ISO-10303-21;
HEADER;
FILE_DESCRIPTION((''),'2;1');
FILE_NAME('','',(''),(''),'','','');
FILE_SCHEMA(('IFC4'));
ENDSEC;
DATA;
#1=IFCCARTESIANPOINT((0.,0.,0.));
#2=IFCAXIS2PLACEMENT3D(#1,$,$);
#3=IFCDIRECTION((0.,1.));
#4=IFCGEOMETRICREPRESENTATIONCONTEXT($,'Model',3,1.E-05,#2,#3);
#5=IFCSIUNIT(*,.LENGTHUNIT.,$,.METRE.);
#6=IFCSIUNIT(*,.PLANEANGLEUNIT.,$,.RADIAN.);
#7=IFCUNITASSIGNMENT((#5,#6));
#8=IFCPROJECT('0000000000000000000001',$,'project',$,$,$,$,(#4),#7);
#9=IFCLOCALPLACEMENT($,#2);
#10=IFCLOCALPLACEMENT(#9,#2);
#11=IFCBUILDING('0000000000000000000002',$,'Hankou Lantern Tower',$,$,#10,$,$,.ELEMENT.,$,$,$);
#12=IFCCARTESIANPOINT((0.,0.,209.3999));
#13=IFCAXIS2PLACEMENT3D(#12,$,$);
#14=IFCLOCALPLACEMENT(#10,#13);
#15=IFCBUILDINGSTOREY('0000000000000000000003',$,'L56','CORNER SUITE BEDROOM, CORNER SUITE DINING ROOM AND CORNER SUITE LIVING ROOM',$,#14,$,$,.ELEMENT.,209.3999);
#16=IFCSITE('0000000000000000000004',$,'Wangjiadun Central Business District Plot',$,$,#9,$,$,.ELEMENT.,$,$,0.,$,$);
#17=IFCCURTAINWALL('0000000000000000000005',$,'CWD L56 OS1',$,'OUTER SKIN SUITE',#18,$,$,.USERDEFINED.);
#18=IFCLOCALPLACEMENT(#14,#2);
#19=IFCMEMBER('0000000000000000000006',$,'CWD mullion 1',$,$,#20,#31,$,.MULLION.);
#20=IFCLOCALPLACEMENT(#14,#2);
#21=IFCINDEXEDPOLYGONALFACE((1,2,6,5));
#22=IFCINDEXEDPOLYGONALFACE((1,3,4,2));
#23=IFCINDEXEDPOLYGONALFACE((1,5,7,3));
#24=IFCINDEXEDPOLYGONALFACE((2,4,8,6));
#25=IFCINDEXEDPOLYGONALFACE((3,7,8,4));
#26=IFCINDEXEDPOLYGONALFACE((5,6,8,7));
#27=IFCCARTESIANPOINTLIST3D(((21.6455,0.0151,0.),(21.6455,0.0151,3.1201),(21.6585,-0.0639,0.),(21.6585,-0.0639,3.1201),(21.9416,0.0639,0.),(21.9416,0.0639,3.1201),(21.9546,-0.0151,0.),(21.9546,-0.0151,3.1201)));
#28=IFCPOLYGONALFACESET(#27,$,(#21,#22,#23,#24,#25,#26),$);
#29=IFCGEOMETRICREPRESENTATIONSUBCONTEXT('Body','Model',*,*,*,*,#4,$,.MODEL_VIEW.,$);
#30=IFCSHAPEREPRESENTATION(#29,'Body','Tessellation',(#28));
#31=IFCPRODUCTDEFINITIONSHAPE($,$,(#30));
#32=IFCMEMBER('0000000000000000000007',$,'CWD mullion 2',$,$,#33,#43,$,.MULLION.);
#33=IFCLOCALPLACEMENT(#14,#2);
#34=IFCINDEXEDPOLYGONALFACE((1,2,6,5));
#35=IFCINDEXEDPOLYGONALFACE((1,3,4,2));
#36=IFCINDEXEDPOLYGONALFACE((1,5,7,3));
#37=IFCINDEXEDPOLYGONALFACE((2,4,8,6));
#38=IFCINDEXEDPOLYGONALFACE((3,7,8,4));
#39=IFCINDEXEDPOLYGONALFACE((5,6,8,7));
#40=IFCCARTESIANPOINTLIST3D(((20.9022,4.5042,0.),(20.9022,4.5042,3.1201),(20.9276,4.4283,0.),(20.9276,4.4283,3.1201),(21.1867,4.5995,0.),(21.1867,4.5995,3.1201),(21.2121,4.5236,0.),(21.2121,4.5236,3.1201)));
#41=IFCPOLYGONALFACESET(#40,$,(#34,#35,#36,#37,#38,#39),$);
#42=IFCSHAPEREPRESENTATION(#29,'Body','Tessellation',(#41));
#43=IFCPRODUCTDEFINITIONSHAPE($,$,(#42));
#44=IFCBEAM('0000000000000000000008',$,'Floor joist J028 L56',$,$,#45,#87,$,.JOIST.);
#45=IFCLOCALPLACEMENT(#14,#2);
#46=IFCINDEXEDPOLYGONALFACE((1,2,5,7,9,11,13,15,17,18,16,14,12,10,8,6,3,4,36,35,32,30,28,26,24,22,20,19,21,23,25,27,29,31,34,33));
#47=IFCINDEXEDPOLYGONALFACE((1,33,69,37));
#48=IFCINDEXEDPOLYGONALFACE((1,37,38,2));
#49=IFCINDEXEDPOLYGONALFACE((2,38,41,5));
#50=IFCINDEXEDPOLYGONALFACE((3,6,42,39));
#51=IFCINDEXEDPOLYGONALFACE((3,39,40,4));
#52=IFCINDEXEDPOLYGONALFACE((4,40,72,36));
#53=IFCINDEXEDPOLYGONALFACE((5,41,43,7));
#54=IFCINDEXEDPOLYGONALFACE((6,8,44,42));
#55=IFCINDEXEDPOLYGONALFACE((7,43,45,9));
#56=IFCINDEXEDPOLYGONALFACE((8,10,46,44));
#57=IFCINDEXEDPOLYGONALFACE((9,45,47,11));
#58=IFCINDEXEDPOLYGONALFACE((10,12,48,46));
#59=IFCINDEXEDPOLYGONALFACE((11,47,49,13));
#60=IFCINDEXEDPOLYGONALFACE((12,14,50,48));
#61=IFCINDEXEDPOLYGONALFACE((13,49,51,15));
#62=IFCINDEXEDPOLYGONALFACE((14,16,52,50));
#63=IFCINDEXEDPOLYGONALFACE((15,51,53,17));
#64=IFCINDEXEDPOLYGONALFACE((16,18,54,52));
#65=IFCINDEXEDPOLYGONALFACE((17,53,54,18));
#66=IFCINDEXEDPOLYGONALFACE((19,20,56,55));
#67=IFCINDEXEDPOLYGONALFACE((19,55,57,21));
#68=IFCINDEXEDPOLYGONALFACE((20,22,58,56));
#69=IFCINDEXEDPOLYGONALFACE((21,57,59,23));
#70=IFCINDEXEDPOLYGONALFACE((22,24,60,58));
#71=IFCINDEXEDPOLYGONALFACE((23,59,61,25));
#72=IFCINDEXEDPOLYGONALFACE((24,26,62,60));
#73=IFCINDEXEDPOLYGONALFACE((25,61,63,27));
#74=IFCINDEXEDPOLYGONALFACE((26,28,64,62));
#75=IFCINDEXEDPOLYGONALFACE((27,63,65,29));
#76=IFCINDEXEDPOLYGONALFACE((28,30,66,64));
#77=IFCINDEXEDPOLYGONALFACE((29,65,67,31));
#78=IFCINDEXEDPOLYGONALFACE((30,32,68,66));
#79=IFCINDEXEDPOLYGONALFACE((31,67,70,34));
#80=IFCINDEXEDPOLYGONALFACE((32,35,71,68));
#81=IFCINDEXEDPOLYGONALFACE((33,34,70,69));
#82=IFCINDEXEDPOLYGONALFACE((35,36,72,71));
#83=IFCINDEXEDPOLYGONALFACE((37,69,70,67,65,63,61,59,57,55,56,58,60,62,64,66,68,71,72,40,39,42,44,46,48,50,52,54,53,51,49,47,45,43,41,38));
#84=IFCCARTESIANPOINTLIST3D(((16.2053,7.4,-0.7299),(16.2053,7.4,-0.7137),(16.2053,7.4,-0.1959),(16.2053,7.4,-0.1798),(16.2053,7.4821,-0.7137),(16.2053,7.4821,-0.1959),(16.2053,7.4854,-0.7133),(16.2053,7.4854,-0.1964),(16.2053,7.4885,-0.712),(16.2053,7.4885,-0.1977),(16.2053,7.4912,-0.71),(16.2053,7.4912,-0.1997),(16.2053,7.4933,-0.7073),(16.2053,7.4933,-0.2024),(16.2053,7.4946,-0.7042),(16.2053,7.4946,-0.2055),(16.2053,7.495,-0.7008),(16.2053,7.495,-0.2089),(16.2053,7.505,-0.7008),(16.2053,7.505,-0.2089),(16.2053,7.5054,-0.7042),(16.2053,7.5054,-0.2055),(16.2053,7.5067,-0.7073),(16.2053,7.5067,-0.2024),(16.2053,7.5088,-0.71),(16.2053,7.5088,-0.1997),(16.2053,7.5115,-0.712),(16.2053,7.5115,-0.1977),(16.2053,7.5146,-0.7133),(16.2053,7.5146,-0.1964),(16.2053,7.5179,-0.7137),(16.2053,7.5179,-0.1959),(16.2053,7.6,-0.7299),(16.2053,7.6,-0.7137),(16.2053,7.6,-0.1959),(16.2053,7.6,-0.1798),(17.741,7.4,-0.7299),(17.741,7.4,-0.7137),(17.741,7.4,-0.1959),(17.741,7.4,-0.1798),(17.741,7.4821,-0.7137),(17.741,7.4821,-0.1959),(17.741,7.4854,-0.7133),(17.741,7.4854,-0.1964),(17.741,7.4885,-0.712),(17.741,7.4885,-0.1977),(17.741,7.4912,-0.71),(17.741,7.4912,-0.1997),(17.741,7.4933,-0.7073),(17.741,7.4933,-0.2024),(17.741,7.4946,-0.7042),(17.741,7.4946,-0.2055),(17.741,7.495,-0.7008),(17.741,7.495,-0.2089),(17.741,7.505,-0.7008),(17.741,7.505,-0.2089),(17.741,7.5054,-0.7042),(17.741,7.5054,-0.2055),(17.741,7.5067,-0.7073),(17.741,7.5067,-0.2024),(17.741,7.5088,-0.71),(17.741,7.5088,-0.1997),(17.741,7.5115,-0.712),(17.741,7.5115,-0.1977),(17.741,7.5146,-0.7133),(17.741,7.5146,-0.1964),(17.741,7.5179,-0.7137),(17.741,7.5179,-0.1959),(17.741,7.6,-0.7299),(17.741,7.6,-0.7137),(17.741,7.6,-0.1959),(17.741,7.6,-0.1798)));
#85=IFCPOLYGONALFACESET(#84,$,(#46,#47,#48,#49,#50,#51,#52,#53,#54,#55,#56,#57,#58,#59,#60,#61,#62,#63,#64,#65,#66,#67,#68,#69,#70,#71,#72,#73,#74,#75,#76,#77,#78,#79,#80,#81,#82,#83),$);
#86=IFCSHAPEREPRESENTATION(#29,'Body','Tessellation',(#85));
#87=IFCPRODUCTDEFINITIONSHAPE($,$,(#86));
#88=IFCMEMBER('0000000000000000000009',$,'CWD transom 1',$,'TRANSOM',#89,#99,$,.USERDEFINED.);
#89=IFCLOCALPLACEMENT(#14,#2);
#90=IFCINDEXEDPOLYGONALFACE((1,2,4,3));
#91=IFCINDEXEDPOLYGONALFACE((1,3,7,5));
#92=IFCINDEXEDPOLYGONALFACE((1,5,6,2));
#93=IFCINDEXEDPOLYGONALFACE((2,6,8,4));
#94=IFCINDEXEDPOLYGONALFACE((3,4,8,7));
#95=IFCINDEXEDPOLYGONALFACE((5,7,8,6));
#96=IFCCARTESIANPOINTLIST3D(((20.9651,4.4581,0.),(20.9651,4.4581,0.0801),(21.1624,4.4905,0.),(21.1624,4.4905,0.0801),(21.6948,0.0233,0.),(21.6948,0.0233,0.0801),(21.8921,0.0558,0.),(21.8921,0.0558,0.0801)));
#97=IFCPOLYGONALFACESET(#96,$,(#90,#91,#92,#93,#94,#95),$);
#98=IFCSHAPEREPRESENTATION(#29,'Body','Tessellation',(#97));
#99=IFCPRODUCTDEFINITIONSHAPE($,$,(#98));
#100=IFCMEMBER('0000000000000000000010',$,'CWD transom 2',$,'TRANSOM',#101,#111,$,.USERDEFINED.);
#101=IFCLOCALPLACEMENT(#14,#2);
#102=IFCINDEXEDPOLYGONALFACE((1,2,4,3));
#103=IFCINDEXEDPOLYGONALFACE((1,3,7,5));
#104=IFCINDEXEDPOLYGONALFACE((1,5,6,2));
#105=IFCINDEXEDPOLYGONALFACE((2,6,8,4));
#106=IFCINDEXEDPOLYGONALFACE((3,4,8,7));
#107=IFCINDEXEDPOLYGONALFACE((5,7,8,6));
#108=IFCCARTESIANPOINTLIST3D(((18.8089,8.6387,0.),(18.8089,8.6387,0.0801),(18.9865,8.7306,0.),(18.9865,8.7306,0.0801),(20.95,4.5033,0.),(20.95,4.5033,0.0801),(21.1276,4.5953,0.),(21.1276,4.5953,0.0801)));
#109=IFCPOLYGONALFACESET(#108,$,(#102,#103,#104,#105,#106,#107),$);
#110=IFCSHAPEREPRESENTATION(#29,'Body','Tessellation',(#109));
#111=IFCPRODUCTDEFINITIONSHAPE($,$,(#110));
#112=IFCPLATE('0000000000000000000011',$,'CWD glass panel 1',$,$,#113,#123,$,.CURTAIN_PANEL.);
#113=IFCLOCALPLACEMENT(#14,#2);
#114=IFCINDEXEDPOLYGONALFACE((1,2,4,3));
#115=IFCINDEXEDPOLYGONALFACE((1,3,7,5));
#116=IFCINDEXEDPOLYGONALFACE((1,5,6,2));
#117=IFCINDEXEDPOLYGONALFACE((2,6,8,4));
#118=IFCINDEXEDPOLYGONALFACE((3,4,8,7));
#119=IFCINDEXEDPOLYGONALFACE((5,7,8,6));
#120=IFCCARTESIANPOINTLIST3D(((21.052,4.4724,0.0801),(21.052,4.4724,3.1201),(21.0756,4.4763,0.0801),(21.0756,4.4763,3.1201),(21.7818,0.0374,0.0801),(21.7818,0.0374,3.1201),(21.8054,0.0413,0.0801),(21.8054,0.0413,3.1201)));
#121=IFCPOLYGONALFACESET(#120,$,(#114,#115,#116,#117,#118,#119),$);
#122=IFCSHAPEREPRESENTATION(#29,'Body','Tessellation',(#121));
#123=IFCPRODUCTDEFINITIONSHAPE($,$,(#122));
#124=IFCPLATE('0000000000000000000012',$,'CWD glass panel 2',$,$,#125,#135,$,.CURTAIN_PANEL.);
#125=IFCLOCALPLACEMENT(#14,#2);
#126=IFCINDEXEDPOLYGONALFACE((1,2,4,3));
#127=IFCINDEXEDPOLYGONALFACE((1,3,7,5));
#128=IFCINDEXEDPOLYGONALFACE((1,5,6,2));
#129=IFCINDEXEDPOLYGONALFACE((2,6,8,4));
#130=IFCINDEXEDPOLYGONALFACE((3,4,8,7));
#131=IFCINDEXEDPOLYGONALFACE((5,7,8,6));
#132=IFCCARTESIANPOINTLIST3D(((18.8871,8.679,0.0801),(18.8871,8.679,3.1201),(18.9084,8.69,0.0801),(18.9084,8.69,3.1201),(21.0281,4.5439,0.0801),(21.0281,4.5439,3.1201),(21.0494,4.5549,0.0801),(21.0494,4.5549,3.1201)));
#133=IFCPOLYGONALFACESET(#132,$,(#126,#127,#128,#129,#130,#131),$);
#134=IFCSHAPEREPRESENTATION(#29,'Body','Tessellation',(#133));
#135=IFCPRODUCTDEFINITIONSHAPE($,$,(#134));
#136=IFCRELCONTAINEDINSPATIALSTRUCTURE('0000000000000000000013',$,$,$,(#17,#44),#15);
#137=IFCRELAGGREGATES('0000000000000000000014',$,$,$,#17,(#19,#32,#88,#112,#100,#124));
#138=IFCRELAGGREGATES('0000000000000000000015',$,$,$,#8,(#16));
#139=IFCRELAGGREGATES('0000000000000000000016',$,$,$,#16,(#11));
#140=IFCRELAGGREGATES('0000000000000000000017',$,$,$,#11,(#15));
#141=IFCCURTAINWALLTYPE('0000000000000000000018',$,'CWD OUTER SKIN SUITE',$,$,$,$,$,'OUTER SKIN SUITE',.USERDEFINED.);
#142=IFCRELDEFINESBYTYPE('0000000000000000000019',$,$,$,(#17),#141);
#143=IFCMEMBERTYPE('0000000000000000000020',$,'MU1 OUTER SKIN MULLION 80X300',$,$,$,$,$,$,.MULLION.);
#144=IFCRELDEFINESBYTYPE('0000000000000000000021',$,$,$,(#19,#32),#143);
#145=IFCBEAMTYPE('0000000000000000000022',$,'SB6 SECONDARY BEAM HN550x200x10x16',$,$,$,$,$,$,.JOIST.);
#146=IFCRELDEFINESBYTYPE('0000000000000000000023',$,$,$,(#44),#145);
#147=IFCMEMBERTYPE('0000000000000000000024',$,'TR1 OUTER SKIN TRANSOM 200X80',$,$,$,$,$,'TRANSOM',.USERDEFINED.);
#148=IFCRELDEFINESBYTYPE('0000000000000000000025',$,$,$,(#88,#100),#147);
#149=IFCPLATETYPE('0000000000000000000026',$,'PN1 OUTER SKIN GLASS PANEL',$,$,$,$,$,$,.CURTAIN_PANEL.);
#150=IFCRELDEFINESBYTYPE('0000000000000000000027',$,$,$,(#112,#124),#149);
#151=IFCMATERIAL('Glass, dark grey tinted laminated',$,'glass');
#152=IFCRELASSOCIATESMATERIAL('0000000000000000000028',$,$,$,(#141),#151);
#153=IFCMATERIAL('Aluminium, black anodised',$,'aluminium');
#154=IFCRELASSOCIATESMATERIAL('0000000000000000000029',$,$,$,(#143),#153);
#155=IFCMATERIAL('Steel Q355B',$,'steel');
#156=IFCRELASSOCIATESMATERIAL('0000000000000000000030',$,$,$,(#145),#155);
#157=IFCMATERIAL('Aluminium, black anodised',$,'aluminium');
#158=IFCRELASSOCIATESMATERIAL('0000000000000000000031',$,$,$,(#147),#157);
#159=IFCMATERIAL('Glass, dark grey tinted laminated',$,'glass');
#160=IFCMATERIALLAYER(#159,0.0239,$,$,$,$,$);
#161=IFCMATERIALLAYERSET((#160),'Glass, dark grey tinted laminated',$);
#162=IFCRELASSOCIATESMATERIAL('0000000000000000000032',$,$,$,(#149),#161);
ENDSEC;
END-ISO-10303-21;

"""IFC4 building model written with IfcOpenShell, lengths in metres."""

from ifc_helpers import new_model, si_unit, direction, frame, origin, origin_2d, place, context, subcontext, project, spatial, rectangle, i_section, extrude, material, layer, layer_set, material_profile, profile_set, type_object, element, aggregate, save


model = new_model("IFC4")

# Units and contexts
model_context = context("Model", 3, precision=1e-05, world=origin(), true_north=direction((0.0, 1.0)))
body_context = subcontext(model_context, "Body", "Model", "MODEL_VIEW")
ifc_project = project(units=[si_unit("LENGTHUNIT", "METRE"), si_unit("PLANEANGLEUNIT", "RADIAN")], contexts=[model_context])

# Site, building, storey
site_placement = place(None, origin())
site = spatial("IfcSite", under=ifc_project, at=site_placement, Name="Wangjiadun Central Business District Plot", CompositionType="ELEMENT", RefElevation=0.0)
building_placement = place(site_placement, origin())
building = spatial("IfcBuilding", under=site, at=building_placement, Name="Hankou Lantern Tower", CompositionType="ELEMENT")
storey_placement = place(building_placement, frame((0.0, 0.0, 209.3999)))
storey = spatial("IfcBuildingStorey", under=building, at=storey_placement, Name="L56", Description="CORNER SUITE BEDROOM, CORNER SUITE DINING ROOM AND CORNER SUITE LIVING ROOM", CompositionType="ELEMENT", Elevation=209.3999)

# Curtain wall, members
ifc_material_1 = material(Name="Glass, dark grey tinted laminated", Category="glass")
curtain_wall_type = type_object("IfcCurtainWallType", Name="CWD OUTER SKIN SUITE", ElementType="OUTER SKIN SUITE", PredefinedType="USERDEFINED", material=ifc_material_1)
curtain_wall_placement = place(storey_placement, origin())
curtain_wall = element("IfcCurtainWall", 1, at=curtain_wall_placement, inside=storey, type_object=curtain_wall_type, Name="CWD L56 OS1", ObjectType="OUTER SKIN SUITE", PredefinedType="USERDEFINED")
ifc_material_2 = material(Name="Aluminium, black anodised", Category="aluminium")
ifc_material_profile_1 = material_profile(ifc_material_2, rectangle(XDim=0.0801, YDim=0.3, at=origin_2d()), Name="MU1 80X300")
ifc_profile_set_1 = profile_set([ifc_material_profile_1], Name="Aluminium, black anodised")
member_type_1 = type_object("IfcMemberType", Name="MU1 OUTER SKIN MULLION 80X300", PredefinedType="MULLION", material=ifc_profile_set_1)
member_1_placement = place(storey_placement, frame((21.8, 0.0, 0.0), z_axis=(0.0, 0.0, 1.0), x_axis=(-0.162382, 0.986728, 0.0)))
member_1 = element("IfcMember", 2, at=member_1_placement, type_object=member_type_1, Name="CWD mullion 1", PredefinedType="MULLION", context=body_context, shape_type="SweptSolid", body=[
    extrude(rectangle(XDim=0.0801, YDim=0.3, at=origin_2d()), origin(), (0.0, 0.0, 1.0), 3.1201),
])
member_2_placement = place(storey_placement, frame((21.0571, 4.5139, 0.0), z_axis=(0.0, 0.0, 1.0), x_axis=(-0.317596, 0.948226, 0.0)))
member_2 = element("IfcMember", 3, at=member_2_placement, type_object=member_type_1, Name="CWD mullion 2", PredefinedType="MULLION", context=body_context, shape_type="SweptSolid", body=[
    extrude(rectangle(XDim=0.0801, YDim=0.3, at=origin_2d()), origin(), (0.0, 0.0, 1.0), 3.1201),
])

# Beam
ifc_material_3 = material(Name="Steel Q355B", Category="steel")
ifc_material_profile_2 = material_profile(ifc_material_3, i_section(OverallWidth=0.2, OverallDepth=0.55, WebThickness=0.01, FlangeThickness=0.0161, FilletRadius=0.0129, at=origin_2d()), Name="HN550x200x10x16")
ifc_profile_set_2 = profile_set([ifc_material_profile_2], Name="Steel Q355B")
beam_type_1 = type_object("IfcBeamType", Name="SB6 SECONDARY BEAM HN550x200x10x16", PredefinedType="JOIST", material=ifc_profile_set_2)
beam_1_placement = place(storey_placement, frame((16.2053, 7.5, -0.4548), z_axis=(1.0, 0.0, 0.0), x_axis=(0.0, 1.0, 0.0)))
element("IfcBeam", 4, at=beam_1_placement, inside=storey, type_object=beam_type_1, Name="Floor joist J028 L56", PredefinedType="JOIST", context=body_context, shape_type="SweptSolid", body=[
    extrude(i_section(OverallWidth=0.2, OverallDepth=0.55, WebThickness=0.01, FlangeThickness=0.0161, FilletRadius=0.0129, at=origin_2d()), origin(), (0.0, 0.0, 1.0), 1.5356),
])

# Members
ifc_material_4 = material(Name="Aluminium, black anodised", Category="aluminium")
ifc_material_profile_3 = material_profile(ifc_material_4, rectangle(XDim=0.2, YDim=0.0801, at=origin_2d()), Name="TR1 200X80")
ifc_profile_set_3 = profile_set([ifc_material_profile_3], Name="Aluminium, black anodised")
member_type_2 = type_object("IfcMemberType", Name="TR1 OUTER SKIN TRANSOM 200X80", ElementType="TRANSOM", PredefinedType="USERDEFINED", material=ifc_profile_set_3)
member_3_placement = place(storey_placement, frame((21.7935, 0.0396, 0.04), z_axis=(-0.162364, 0.986731, 0.0), x_axis=(-0.986731, -0.162364, 0.0)))
member_3 = element("IfcMember", 5, at=member_3_placement, type_object=member_type_2, Name="CWD transom 1", ObjectType="TRANSOM", PredefinedType="USERDEFINED", context=body_context, shape_type="SweptSolid", body=[
    extrude(rectangle(XDim=0.2, YDim=0.0801, at=origin_2d()), origin(), (0.0, 0.0, 1.0), 4.4944),
])
member_4_placement = place(storey_placement, frame((21.0388, 4.5493, 0.04), z_axis=(-0.459794, 0.888026, 0.0), x_axis=(-0.888026, -0.459794, 0.0)))
member_4 = element("IfcMember", 6, at=member_4_placement, type_object=member_type_2, Name="CWD transom 2", ObjectType="TRANSOM", PredefinedType="USERDEFINED", context=body_context, shape_type="SweptSolid", body=[
    extrude(rectangle(XDim=0.2, YDim=0.0801, at=origin_2d()), origin(), (0.0, 0.0, 1.0), 4.6567),
])

# Plates
ifc_material_5 = material(Name="Glass, dark grey tinted laminated", Category="glass")
ifc_layer_1 = layer(ifc_material_5, 0.0239)
ifc_layer_set_1 = layer_set([ifc_layer_1], Name="Glass, dark grey tinted laminated")
plate_type = type_object("IfcPlateType", Name="PN1 OUTER SKIN GLASS PANEL", PredefinedType="CURTAIN_PANEL", material=ifc_layer_set_1)
plate_1_placement = place(storey_placement, frame((21.4287, 2.2568, 0.0801), z_axis=(0.0, 0.0, 1.0), x_axis=(-0.162382, 0.986728, 0.0)))
plate_1 = element("IfcPlate", 7, at=plate_1_placement, type_object=plate_type, Name="CWD glass panel 1", PredefinedType="CURTAIN_PANEL", context=body_context, shape_type="SweptSolid", body=[
    extrude(rectangle(XDim=4.4946, YDim=0.0239, at=origin_2d()), origin(), (0.0, 0.0, 1.0), 3.04),
])
plate_2_placement = place(storey_placement, frame((19.9683, 6.6169, 0.0801), z_axis=(0.0, 0.0, 1.0), x_axis=(-0.459791, 0.888027, 0.0)))
plate_2 = element("IfcPlate", 8, at=plate_2_placement, type_object=plate_type, Name="CWD glass panel 2", PredefinedType="CURTAIN_PANEL", context=body_context, shape_type="SweptSolid", body=[
    extrude(rectangle(XDim=4.6565, YDim=0.0239, at=origin_2d()), origin(), (0.0, 0.0, 1.0), 3.04),
])
aggregate(curtain_wall, [member_1, member_2, member_3, plate_1, member_4, plate_2])

save(model, "model.ifc")
